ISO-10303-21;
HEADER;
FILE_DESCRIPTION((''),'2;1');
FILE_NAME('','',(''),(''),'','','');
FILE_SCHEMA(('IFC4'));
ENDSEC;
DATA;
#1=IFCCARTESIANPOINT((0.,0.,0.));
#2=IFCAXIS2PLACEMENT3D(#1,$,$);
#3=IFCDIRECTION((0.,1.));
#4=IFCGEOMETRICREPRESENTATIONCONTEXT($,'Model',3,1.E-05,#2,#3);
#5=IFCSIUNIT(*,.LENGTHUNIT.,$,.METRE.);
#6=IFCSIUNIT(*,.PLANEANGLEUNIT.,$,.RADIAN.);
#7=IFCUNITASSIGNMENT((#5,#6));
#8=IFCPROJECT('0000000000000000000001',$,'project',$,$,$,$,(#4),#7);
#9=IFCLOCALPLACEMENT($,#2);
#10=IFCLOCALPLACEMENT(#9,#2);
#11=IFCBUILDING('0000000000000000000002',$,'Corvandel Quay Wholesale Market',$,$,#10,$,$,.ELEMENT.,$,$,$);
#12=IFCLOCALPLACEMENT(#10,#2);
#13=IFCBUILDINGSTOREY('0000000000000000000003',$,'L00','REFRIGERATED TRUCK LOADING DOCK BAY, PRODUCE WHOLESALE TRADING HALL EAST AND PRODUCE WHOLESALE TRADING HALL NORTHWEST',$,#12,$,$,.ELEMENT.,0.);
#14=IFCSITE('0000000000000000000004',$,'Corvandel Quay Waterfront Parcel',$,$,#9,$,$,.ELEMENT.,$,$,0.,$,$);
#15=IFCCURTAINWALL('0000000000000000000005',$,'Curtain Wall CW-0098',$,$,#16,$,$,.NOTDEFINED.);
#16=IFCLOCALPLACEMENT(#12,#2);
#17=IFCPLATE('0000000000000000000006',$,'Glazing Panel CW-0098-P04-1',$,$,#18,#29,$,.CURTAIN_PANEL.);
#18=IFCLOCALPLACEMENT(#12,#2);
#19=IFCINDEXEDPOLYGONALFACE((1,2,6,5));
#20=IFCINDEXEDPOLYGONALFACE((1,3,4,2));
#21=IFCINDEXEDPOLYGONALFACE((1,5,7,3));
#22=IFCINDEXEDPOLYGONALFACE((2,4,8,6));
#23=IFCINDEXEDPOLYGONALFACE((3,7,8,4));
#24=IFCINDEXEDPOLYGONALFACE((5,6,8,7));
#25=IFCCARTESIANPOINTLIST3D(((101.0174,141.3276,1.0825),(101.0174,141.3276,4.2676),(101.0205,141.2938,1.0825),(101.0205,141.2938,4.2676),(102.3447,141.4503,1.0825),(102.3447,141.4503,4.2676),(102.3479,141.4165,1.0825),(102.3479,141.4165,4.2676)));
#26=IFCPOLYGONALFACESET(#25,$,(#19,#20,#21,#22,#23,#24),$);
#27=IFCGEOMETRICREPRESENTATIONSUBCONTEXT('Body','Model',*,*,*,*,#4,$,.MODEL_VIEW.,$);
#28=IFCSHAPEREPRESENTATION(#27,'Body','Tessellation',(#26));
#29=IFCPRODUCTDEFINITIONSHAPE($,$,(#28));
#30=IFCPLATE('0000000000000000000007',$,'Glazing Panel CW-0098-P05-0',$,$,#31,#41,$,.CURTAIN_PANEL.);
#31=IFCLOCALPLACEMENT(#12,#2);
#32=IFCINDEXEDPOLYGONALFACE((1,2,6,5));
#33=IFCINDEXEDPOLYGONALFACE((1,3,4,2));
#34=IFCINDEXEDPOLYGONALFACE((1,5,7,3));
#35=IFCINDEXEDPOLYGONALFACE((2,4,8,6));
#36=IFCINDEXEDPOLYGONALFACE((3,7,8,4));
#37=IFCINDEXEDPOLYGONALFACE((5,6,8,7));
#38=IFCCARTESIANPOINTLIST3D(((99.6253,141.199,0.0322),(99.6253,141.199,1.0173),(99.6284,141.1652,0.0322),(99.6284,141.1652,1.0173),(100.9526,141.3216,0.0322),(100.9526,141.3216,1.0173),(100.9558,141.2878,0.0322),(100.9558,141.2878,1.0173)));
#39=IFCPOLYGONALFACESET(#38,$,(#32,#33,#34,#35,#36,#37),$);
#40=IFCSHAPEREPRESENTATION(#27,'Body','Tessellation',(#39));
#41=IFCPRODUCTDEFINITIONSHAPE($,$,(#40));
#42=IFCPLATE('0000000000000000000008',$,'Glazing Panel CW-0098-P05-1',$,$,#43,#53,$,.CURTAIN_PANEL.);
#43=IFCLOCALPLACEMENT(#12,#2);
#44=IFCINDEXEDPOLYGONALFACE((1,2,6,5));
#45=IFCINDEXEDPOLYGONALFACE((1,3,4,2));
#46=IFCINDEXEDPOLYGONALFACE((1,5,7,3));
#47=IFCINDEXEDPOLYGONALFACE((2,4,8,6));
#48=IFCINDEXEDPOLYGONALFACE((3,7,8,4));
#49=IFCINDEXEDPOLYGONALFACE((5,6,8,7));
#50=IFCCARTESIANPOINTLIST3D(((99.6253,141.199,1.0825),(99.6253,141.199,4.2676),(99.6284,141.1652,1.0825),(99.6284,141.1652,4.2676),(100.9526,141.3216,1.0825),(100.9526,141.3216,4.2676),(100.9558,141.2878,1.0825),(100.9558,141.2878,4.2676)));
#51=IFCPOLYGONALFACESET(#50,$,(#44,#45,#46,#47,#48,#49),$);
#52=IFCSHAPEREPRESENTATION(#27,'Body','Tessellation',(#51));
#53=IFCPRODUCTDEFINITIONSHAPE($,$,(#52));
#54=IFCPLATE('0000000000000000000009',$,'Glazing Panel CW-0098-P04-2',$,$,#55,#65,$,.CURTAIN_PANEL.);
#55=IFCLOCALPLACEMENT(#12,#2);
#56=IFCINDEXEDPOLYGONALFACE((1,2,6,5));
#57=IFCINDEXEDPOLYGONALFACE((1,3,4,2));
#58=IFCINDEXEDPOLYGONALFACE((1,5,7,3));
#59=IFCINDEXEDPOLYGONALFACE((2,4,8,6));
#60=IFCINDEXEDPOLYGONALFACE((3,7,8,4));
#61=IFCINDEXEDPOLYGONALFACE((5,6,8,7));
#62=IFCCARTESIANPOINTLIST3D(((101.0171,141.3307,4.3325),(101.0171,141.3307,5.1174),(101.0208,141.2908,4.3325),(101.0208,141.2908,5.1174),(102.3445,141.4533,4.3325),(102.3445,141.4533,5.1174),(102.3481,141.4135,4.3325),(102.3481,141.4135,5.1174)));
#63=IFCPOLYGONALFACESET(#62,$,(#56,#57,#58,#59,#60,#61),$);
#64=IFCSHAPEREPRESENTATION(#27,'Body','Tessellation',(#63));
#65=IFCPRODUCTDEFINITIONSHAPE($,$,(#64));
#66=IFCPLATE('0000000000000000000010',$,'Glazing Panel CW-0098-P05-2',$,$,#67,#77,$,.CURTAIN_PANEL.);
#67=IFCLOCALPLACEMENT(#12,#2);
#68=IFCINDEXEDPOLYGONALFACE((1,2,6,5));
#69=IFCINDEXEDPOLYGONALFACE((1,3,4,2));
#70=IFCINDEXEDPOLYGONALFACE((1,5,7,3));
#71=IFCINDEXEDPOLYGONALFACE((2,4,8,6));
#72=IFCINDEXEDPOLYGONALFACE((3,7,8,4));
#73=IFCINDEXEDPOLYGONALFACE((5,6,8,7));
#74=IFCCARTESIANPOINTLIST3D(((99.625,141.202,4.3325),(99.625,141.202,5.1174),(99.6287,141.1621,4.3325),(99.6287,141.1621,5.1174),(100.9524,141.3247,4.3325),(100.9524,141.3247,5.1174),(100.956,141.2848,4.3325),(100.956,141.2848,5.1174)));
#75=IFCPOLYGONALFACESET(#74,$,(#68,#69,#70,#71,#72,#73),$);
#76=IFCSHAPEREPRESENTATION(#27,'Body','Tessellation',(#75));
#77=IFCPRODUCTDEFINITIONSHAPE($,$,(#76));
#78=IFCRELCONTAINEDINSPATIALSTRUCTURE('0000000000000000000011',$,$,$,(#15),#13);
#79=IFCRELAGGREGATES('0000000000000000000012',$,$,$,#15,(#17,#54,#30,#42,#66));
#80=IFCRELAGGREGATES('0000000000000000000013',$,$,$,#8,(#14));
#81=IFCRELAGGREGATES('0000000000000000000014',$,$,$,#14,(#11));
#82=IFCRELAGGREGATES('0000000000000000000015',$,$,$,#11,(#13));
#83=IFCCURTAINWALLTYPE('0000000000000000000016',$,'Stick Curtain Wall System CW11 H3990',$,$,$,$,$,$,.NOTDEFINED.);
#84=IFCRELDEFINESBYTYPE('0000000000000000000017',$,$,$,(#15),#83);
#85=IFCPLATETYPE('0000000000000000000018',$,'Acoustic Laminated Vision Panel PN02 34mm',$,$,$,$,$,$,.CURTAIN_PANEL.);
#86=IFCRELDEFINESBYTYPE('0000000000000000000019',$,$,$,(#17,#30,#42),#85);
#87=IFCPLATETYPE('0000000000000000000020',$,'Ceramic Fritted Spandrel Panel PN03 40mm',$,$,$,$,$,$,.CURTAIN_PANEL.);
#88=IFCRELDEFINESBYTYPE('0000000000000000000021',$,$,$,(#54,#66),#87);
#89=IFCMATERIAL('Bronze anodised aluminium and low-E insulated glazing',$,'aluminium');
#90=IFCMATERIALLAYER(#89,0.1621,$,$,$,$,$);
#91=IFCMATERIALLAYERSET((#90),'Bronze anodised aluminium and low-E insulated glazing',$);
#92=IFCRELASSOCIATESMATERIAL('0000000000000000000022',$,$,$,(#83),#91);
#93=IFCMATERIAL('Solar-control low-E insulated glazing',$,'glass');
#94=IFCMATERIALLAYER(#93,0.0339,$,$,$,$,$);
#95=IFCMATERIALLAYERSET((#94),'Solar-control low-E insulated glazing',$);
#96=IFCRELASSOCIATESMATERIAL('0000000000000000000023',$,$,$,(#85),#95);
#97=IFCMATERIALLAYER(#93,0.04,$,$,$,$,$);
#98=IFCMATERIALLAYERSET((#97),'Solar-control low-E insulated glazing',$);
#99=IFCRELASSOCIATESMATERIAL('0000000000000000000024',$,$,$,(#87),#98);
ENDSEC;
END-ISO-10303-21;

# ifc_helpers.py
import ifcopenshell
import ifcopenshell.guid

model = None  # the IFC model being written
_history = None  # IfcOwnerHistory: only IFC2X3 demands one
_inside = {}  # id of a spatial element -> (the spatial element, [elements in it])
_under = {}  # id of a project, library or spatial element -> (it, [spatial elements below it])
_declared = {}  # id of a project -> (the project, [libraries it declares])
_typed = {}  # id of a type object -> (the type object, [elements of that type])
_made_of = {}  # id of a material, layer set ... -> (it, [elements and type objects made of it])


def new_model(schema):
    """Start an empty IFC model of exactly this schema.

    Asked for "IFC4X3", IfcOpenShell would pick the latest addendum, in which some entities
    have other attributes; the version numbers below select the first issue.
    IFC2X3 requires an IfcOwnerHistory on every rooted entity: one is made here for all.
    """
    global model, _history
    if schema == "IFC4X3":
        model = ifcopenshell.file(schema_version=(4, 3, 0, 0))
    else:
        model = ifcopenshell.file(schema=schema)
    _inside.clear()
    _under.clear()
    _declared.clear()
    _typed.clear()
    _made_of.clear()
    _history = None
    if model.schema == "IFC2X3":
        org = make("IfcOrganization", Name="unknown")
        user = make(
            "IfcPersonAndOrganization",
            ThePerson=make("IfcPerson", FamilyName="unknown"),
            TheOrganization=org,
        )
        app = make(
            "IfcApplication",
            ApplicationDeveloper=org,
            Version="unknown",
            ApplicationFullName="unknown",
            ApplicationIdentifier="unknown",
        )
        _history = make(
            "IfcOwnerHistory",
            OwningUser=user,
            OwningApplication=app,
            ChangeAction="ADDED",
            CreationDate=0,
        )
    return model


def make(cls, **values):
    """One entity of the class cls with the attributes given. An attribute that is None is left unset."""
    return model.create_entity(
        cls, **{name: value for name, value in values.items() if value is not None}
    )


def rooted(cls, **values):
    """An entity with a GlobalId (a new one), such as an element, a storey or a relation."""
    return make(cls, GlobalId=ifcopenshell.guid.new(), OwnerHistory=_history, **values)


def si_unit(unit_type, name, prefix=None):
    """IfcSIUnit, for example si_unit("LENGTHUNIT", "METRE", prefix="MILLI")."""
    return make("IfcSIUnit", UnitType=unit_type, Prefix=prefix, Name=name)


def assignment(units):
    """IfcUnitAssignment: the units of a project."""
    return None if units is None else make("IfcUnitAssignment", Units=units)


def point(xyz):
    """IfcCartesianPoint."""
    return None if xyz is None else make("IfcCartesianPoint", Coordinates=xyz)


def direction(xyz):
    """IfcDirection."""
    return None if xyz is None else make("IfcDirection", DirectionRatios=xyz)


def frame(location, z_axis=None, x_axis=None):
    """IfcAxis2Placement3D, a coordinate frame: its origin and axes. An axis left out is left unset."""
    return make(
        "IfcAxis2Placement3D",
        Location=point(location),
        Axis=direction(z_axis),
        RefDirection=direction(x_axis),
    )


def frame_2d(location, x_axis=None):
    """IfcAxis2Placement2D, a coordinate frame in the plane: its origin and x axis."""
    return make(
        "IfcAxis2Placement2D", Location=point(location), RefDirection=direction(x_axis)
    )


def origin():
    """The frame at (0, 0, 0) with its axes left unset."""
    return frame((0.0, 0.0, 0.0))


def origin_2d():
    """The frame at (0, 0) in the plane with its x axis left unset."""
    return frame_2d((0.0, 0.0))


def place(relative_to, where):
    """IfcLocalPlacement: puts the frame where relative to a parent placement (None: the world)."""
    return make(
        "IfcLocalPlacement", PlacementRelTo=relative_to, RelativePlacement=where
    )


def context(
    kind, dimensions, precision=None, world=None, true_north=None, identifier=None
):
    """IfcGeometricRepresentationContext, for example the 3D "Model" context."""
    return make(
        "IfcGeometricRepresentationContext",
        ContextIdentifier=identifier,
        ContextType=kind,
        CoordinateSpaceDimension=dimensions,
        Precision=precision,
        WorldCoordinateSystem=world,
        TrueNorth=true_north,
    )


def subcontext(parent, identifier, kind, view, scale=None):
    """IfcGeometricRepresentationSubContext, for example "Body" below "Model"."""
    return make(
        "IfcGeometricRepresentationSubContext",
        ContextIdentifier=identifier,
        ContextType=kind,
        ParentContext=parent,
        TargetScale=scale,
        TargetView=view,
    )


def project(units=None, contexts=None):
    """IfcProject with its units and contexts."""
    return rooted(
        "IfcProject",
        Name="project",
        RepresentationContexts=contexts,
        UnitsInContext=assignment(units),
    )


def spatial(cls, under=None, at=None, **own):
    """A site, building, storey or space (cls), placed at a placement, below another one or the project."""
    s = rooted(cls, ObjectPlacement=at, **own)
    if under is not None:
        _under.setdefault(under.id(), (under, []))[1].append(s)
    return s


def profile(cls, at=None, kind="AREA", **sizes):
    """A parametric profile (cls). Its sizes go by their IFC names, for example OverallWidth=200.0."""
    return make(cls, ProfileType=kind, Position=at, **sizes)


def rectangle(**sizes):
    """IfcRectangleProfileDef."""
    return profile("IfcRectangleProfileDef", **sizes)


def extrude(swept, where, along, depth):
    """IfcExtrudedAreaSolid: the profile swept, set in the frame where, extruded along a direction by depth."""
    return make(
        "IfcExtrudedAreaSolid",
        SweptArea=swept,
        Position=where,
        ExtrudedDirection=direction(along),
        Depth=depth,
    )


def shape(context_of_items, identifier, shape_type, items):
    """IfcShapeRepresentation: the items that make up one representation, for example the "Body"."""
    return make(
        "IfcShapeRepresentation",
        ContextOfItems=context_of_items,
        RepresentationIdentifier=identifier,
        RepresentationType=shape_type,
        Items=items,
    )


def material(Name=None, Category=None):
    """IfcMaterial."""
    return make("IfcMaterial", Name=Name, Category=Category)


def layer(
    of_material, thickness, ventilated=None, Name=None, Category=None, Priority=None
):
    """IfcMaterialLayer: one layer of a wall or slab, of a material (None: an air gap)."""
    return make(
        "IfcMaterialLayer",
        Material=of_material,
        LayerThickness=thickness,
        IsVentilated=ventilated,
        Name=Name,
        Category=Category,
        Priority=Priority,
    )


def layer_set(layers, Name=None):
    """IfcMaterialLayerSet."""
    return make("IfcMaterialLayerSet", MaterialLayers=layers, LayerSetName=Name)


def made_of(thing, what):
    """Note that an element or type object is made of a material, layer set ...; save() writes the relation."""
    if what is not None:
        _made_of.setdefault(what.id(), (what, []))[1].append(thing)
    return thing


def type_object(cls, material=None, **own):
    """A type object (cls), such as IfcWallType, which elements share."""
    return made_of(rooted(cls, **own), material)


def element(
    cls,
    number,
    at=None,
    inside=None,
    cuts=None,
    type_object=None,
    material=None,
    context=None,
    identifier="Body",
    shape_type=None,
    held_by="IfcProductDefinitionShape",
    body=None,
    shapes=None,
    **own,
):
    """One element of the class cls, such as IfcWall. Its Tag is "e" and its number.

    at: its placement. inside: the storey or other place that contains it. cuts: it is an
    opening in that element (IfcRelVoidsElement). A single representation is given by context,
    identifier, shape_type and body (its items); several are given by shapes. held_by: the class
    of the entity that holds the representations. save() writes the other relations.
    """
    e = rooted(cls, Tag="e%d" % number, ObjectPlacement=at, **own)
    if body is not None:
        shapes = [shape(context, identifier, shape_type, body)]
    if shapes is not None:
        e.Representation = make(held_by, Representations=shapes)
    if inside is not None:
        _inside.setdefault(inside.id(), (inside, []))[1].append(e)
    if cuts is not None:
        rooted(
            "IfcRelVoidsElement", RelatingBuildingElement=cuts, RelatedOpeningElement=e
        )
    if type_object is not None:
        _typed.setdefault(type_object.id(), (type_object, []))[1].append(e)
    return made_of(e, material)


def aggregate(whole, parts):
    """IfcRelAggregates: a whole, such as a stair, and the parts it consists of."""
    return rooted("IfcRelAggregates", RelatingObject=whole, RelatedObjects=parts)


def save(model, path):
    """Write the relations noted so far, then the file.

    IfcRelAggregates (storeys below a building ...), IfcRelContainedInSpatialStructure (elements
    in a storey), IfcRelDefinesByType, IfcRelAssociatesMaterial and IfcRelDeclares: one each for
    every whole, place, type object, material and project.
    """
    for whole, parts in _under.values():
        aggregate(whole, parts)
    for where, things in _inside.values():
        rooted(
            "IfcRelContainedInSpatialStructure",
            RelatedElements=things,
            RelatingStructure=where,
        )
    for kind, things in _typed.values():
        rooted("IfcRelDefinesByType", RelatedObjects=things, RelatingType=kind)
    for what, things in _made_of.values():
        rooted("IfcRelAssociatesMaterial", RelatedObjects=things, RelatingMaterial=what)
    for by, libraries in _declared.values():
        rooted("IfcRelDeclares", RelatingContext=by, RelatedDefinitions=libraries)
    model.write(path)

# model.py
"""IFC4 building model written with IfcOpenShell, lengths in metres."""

from ifc_helpers import new_model, si_unit, direction, frame, origin, origin_2d, place, context, subcontext, project, spatial, rectangle, extrude, material, layer, layer_set, type_object, element, aggregate, save


model = new_model("IFC4")

# Units and contexts
model_context = context("Model", 3, precision=1e-05, world=origin(), true_north=direction((0.0, 1.0)))
body_context = subcontext(model_context, "Body", "Model", "MODEL_VIEW")
ifc_project = project(units=[si_unit("LENGTHUNIT", "METRE"), si_unit("PLANEANGLEUNIT", "RADIAN")], contexts=[model_context])

# Site, building, storey
site_placement = place(None, origin())
site = spatial("IfcSite", under=ifc_project, at=site_placement, Name="Corvandel Quay Waterfront Parcel", CompositionType="ELEMENT", RefElevation=0.0)
building_placement = place(site_placement, origin())
building = spatial("IfcBuilding", under=site, at=building_placement, Name="Corvandel Quay Wholesale Market", CompositionType="ELEMENT")
storey_placement = place(building_placement, origin())
storey = spatial("IfcBuildingStorey", under=building, at=storey_placement, Name="L00", Description="REFRIGERATED TRUCK LOADING DOCK BAY, PRODUCE WHOLESALE TRADING HALL EAST AND PRODUCE WHOLESALE TRADING HALL NORTHWEST", CompositionType="ELEMENT", Elevation=0.0)

# Curtain wall, plates
ifc_material_1 = material(Name="Bronze anodised aluminium and low-E insulated glazing", Category="aluminium")
ifc_layer_1 = layer(ifc_material_1, 0.1621)
ifc_layer_set_1 = layer_set([ifc_layer_1], Name="Bronze anodised aluminium and low-E insulated glazing")
curtain_wall_type = type_object("IfcCurtainWallType", Name="Stick Curtain Wall System CW11 H3990", PredefinedType="NOTDEFINED", material=ifc_layer_set_1)
curtain_wall_placement = place(storey_placement, origin())
curtain_wall = element("IfcCurtainWall", 1, at=curtain_wall_placement, inside=storey, type_object=curtain_wall_type, Name="Curtain Wall CW-0098", PredefinedType="NOTDEFINED")
ifc_material_2 = material(Name="Solar-control low-E insulated glazing", Category="glass")
ifc_layer_2 = layer(ifc_material_2, 0.0339)
ifc_layer_set_2 = layer_set([ifc_layer_2], Name="Solar-control low-E insulated glazing")
plate_type_1 = type_object("IfcPlateType", Name="Acoustic Laminated Vision Panel PN02 34mm", PredefinedType="CURTAIN_PANEL", material=ifc_layer_set_2)
plate_1_placement = place(storey_placement, frame((101.6826, 141.3721, 1.0825), z_axis=(0.0, 0.0, 1.0), x_axis=(0.995757, 0.092023, 0.0)))
plate_1 = element("IfcPlate", 2, at=plate_1_placement, type_object=plate_type_1, Name="Glazing Panel CW-0098-P04-1", PredefinedType="CURTAIN_PANEL", context=body_context, shape_type="SweptSolid", body=[
    extrude(rectangle(XDim=1.333, YDim=0.0339, at=origin_2d()), origin(), (0.0, 0.0, 1.0), 3.1851),
])
plate_2_placement = place(storey_placement, frame((100.2905, 141.2434, 0.0322), z_axis=(0.0, 0.0, 1.0), x_axis=(0.995757, 0.092023, 0.0)))
plate_2 = element("IfcPlate", 3, at=plate_2_placement, type_object=plate_type_1, Name="Glazing Panel CW-0098-P05-0", PredefinedType="CURTAIN_PANEL", context=body_context, shape_type="SweptSolid", body=[
    extrude(rectangle(XDim=1.333, YDim=0.0339, at=origin_2d()), origin(), (0.0, 0.0, 1.0), 0.9851),
])
plate_3_placement = place(storey_placement, frame((100.2905, 141.2434, 1.0825), z_axis=(0.0, 0.0, 1.0), x_axis=(0.995757, 0.092023, 0.0)))
plate_3 = element("IfcPlate", 4, at=plate_3_placement, type_object=plate_type_1, Name="Glazing Panel CW-0098-P05-1", PredefinedType="CURTAIN_PANEL", context=body_context, shape_type="SweptSolid", body=[
    extrude(rectangle(XDim=1.333, YDim=0.0339, at=origin_2d()), origin(), (0.0, 0.0, 1.0), 3.1851),
])
ifc_layer_3 = layer(ifc_material_2, 0.04)
ifc_layer_set_3 = layer_set([ifc_layer_3], Name="Solar-control low-E insulated glazing")
plate_type_2 = type_object("IfcPlateType", Name="Ceramic Fritted Spandrel Panel PN03 40mm", PredefinedType="CURTAIN_PANEL", material=ifc_layer_set_3)
plate_4_placement = place(storey_placement, frame((101.6826, 141.3721, 4.3325), z_axis=(0.0, 0.0, 1.0), x_axis=(0.995757, 0.092023, 0.0)))
plate_4 = element("IfcPlate", 5, at=plate_4_placement, type_object=plate_type_2, Name="Glazing Panel CW-0098-P04-2", PredefinedType="CURTAIN_PANEL", context=body_context, shape_type="SweptSolid", body=[
    extrude(rectangle(XDim=1.333, YDim=0.04, at=origin_2d()), origin(), (0.0, 0.0, 1.0), 0.7849),
])
plate_5_placement = place(storey_placement, frame((100.2905, 141.2434, 4.3325), z_axis=(0.0, 0.0, 1.0), x_axis=(0.995757, 0.092023, 0.0)))
plate_5 = element("IfcPlate", 6, at=plate_5_placement, type_object=plate_type_2, Name="Glazing Panel CW-0098-P05-2", PredefinedType="CURTAIN_PANEL", context=body_context, shape_type="SweptSolid", body=[
    extrude(rectangle(XDim=1.333, YDim=0.04, at=origin_2d()), origin(), (0.0, 0.0, 1.0), 0.7849),
])
aggregate(curtain_wall, [plate_1, plate_4, plate_2, plate_3, plate_5])

save(model, "model.ifc")
